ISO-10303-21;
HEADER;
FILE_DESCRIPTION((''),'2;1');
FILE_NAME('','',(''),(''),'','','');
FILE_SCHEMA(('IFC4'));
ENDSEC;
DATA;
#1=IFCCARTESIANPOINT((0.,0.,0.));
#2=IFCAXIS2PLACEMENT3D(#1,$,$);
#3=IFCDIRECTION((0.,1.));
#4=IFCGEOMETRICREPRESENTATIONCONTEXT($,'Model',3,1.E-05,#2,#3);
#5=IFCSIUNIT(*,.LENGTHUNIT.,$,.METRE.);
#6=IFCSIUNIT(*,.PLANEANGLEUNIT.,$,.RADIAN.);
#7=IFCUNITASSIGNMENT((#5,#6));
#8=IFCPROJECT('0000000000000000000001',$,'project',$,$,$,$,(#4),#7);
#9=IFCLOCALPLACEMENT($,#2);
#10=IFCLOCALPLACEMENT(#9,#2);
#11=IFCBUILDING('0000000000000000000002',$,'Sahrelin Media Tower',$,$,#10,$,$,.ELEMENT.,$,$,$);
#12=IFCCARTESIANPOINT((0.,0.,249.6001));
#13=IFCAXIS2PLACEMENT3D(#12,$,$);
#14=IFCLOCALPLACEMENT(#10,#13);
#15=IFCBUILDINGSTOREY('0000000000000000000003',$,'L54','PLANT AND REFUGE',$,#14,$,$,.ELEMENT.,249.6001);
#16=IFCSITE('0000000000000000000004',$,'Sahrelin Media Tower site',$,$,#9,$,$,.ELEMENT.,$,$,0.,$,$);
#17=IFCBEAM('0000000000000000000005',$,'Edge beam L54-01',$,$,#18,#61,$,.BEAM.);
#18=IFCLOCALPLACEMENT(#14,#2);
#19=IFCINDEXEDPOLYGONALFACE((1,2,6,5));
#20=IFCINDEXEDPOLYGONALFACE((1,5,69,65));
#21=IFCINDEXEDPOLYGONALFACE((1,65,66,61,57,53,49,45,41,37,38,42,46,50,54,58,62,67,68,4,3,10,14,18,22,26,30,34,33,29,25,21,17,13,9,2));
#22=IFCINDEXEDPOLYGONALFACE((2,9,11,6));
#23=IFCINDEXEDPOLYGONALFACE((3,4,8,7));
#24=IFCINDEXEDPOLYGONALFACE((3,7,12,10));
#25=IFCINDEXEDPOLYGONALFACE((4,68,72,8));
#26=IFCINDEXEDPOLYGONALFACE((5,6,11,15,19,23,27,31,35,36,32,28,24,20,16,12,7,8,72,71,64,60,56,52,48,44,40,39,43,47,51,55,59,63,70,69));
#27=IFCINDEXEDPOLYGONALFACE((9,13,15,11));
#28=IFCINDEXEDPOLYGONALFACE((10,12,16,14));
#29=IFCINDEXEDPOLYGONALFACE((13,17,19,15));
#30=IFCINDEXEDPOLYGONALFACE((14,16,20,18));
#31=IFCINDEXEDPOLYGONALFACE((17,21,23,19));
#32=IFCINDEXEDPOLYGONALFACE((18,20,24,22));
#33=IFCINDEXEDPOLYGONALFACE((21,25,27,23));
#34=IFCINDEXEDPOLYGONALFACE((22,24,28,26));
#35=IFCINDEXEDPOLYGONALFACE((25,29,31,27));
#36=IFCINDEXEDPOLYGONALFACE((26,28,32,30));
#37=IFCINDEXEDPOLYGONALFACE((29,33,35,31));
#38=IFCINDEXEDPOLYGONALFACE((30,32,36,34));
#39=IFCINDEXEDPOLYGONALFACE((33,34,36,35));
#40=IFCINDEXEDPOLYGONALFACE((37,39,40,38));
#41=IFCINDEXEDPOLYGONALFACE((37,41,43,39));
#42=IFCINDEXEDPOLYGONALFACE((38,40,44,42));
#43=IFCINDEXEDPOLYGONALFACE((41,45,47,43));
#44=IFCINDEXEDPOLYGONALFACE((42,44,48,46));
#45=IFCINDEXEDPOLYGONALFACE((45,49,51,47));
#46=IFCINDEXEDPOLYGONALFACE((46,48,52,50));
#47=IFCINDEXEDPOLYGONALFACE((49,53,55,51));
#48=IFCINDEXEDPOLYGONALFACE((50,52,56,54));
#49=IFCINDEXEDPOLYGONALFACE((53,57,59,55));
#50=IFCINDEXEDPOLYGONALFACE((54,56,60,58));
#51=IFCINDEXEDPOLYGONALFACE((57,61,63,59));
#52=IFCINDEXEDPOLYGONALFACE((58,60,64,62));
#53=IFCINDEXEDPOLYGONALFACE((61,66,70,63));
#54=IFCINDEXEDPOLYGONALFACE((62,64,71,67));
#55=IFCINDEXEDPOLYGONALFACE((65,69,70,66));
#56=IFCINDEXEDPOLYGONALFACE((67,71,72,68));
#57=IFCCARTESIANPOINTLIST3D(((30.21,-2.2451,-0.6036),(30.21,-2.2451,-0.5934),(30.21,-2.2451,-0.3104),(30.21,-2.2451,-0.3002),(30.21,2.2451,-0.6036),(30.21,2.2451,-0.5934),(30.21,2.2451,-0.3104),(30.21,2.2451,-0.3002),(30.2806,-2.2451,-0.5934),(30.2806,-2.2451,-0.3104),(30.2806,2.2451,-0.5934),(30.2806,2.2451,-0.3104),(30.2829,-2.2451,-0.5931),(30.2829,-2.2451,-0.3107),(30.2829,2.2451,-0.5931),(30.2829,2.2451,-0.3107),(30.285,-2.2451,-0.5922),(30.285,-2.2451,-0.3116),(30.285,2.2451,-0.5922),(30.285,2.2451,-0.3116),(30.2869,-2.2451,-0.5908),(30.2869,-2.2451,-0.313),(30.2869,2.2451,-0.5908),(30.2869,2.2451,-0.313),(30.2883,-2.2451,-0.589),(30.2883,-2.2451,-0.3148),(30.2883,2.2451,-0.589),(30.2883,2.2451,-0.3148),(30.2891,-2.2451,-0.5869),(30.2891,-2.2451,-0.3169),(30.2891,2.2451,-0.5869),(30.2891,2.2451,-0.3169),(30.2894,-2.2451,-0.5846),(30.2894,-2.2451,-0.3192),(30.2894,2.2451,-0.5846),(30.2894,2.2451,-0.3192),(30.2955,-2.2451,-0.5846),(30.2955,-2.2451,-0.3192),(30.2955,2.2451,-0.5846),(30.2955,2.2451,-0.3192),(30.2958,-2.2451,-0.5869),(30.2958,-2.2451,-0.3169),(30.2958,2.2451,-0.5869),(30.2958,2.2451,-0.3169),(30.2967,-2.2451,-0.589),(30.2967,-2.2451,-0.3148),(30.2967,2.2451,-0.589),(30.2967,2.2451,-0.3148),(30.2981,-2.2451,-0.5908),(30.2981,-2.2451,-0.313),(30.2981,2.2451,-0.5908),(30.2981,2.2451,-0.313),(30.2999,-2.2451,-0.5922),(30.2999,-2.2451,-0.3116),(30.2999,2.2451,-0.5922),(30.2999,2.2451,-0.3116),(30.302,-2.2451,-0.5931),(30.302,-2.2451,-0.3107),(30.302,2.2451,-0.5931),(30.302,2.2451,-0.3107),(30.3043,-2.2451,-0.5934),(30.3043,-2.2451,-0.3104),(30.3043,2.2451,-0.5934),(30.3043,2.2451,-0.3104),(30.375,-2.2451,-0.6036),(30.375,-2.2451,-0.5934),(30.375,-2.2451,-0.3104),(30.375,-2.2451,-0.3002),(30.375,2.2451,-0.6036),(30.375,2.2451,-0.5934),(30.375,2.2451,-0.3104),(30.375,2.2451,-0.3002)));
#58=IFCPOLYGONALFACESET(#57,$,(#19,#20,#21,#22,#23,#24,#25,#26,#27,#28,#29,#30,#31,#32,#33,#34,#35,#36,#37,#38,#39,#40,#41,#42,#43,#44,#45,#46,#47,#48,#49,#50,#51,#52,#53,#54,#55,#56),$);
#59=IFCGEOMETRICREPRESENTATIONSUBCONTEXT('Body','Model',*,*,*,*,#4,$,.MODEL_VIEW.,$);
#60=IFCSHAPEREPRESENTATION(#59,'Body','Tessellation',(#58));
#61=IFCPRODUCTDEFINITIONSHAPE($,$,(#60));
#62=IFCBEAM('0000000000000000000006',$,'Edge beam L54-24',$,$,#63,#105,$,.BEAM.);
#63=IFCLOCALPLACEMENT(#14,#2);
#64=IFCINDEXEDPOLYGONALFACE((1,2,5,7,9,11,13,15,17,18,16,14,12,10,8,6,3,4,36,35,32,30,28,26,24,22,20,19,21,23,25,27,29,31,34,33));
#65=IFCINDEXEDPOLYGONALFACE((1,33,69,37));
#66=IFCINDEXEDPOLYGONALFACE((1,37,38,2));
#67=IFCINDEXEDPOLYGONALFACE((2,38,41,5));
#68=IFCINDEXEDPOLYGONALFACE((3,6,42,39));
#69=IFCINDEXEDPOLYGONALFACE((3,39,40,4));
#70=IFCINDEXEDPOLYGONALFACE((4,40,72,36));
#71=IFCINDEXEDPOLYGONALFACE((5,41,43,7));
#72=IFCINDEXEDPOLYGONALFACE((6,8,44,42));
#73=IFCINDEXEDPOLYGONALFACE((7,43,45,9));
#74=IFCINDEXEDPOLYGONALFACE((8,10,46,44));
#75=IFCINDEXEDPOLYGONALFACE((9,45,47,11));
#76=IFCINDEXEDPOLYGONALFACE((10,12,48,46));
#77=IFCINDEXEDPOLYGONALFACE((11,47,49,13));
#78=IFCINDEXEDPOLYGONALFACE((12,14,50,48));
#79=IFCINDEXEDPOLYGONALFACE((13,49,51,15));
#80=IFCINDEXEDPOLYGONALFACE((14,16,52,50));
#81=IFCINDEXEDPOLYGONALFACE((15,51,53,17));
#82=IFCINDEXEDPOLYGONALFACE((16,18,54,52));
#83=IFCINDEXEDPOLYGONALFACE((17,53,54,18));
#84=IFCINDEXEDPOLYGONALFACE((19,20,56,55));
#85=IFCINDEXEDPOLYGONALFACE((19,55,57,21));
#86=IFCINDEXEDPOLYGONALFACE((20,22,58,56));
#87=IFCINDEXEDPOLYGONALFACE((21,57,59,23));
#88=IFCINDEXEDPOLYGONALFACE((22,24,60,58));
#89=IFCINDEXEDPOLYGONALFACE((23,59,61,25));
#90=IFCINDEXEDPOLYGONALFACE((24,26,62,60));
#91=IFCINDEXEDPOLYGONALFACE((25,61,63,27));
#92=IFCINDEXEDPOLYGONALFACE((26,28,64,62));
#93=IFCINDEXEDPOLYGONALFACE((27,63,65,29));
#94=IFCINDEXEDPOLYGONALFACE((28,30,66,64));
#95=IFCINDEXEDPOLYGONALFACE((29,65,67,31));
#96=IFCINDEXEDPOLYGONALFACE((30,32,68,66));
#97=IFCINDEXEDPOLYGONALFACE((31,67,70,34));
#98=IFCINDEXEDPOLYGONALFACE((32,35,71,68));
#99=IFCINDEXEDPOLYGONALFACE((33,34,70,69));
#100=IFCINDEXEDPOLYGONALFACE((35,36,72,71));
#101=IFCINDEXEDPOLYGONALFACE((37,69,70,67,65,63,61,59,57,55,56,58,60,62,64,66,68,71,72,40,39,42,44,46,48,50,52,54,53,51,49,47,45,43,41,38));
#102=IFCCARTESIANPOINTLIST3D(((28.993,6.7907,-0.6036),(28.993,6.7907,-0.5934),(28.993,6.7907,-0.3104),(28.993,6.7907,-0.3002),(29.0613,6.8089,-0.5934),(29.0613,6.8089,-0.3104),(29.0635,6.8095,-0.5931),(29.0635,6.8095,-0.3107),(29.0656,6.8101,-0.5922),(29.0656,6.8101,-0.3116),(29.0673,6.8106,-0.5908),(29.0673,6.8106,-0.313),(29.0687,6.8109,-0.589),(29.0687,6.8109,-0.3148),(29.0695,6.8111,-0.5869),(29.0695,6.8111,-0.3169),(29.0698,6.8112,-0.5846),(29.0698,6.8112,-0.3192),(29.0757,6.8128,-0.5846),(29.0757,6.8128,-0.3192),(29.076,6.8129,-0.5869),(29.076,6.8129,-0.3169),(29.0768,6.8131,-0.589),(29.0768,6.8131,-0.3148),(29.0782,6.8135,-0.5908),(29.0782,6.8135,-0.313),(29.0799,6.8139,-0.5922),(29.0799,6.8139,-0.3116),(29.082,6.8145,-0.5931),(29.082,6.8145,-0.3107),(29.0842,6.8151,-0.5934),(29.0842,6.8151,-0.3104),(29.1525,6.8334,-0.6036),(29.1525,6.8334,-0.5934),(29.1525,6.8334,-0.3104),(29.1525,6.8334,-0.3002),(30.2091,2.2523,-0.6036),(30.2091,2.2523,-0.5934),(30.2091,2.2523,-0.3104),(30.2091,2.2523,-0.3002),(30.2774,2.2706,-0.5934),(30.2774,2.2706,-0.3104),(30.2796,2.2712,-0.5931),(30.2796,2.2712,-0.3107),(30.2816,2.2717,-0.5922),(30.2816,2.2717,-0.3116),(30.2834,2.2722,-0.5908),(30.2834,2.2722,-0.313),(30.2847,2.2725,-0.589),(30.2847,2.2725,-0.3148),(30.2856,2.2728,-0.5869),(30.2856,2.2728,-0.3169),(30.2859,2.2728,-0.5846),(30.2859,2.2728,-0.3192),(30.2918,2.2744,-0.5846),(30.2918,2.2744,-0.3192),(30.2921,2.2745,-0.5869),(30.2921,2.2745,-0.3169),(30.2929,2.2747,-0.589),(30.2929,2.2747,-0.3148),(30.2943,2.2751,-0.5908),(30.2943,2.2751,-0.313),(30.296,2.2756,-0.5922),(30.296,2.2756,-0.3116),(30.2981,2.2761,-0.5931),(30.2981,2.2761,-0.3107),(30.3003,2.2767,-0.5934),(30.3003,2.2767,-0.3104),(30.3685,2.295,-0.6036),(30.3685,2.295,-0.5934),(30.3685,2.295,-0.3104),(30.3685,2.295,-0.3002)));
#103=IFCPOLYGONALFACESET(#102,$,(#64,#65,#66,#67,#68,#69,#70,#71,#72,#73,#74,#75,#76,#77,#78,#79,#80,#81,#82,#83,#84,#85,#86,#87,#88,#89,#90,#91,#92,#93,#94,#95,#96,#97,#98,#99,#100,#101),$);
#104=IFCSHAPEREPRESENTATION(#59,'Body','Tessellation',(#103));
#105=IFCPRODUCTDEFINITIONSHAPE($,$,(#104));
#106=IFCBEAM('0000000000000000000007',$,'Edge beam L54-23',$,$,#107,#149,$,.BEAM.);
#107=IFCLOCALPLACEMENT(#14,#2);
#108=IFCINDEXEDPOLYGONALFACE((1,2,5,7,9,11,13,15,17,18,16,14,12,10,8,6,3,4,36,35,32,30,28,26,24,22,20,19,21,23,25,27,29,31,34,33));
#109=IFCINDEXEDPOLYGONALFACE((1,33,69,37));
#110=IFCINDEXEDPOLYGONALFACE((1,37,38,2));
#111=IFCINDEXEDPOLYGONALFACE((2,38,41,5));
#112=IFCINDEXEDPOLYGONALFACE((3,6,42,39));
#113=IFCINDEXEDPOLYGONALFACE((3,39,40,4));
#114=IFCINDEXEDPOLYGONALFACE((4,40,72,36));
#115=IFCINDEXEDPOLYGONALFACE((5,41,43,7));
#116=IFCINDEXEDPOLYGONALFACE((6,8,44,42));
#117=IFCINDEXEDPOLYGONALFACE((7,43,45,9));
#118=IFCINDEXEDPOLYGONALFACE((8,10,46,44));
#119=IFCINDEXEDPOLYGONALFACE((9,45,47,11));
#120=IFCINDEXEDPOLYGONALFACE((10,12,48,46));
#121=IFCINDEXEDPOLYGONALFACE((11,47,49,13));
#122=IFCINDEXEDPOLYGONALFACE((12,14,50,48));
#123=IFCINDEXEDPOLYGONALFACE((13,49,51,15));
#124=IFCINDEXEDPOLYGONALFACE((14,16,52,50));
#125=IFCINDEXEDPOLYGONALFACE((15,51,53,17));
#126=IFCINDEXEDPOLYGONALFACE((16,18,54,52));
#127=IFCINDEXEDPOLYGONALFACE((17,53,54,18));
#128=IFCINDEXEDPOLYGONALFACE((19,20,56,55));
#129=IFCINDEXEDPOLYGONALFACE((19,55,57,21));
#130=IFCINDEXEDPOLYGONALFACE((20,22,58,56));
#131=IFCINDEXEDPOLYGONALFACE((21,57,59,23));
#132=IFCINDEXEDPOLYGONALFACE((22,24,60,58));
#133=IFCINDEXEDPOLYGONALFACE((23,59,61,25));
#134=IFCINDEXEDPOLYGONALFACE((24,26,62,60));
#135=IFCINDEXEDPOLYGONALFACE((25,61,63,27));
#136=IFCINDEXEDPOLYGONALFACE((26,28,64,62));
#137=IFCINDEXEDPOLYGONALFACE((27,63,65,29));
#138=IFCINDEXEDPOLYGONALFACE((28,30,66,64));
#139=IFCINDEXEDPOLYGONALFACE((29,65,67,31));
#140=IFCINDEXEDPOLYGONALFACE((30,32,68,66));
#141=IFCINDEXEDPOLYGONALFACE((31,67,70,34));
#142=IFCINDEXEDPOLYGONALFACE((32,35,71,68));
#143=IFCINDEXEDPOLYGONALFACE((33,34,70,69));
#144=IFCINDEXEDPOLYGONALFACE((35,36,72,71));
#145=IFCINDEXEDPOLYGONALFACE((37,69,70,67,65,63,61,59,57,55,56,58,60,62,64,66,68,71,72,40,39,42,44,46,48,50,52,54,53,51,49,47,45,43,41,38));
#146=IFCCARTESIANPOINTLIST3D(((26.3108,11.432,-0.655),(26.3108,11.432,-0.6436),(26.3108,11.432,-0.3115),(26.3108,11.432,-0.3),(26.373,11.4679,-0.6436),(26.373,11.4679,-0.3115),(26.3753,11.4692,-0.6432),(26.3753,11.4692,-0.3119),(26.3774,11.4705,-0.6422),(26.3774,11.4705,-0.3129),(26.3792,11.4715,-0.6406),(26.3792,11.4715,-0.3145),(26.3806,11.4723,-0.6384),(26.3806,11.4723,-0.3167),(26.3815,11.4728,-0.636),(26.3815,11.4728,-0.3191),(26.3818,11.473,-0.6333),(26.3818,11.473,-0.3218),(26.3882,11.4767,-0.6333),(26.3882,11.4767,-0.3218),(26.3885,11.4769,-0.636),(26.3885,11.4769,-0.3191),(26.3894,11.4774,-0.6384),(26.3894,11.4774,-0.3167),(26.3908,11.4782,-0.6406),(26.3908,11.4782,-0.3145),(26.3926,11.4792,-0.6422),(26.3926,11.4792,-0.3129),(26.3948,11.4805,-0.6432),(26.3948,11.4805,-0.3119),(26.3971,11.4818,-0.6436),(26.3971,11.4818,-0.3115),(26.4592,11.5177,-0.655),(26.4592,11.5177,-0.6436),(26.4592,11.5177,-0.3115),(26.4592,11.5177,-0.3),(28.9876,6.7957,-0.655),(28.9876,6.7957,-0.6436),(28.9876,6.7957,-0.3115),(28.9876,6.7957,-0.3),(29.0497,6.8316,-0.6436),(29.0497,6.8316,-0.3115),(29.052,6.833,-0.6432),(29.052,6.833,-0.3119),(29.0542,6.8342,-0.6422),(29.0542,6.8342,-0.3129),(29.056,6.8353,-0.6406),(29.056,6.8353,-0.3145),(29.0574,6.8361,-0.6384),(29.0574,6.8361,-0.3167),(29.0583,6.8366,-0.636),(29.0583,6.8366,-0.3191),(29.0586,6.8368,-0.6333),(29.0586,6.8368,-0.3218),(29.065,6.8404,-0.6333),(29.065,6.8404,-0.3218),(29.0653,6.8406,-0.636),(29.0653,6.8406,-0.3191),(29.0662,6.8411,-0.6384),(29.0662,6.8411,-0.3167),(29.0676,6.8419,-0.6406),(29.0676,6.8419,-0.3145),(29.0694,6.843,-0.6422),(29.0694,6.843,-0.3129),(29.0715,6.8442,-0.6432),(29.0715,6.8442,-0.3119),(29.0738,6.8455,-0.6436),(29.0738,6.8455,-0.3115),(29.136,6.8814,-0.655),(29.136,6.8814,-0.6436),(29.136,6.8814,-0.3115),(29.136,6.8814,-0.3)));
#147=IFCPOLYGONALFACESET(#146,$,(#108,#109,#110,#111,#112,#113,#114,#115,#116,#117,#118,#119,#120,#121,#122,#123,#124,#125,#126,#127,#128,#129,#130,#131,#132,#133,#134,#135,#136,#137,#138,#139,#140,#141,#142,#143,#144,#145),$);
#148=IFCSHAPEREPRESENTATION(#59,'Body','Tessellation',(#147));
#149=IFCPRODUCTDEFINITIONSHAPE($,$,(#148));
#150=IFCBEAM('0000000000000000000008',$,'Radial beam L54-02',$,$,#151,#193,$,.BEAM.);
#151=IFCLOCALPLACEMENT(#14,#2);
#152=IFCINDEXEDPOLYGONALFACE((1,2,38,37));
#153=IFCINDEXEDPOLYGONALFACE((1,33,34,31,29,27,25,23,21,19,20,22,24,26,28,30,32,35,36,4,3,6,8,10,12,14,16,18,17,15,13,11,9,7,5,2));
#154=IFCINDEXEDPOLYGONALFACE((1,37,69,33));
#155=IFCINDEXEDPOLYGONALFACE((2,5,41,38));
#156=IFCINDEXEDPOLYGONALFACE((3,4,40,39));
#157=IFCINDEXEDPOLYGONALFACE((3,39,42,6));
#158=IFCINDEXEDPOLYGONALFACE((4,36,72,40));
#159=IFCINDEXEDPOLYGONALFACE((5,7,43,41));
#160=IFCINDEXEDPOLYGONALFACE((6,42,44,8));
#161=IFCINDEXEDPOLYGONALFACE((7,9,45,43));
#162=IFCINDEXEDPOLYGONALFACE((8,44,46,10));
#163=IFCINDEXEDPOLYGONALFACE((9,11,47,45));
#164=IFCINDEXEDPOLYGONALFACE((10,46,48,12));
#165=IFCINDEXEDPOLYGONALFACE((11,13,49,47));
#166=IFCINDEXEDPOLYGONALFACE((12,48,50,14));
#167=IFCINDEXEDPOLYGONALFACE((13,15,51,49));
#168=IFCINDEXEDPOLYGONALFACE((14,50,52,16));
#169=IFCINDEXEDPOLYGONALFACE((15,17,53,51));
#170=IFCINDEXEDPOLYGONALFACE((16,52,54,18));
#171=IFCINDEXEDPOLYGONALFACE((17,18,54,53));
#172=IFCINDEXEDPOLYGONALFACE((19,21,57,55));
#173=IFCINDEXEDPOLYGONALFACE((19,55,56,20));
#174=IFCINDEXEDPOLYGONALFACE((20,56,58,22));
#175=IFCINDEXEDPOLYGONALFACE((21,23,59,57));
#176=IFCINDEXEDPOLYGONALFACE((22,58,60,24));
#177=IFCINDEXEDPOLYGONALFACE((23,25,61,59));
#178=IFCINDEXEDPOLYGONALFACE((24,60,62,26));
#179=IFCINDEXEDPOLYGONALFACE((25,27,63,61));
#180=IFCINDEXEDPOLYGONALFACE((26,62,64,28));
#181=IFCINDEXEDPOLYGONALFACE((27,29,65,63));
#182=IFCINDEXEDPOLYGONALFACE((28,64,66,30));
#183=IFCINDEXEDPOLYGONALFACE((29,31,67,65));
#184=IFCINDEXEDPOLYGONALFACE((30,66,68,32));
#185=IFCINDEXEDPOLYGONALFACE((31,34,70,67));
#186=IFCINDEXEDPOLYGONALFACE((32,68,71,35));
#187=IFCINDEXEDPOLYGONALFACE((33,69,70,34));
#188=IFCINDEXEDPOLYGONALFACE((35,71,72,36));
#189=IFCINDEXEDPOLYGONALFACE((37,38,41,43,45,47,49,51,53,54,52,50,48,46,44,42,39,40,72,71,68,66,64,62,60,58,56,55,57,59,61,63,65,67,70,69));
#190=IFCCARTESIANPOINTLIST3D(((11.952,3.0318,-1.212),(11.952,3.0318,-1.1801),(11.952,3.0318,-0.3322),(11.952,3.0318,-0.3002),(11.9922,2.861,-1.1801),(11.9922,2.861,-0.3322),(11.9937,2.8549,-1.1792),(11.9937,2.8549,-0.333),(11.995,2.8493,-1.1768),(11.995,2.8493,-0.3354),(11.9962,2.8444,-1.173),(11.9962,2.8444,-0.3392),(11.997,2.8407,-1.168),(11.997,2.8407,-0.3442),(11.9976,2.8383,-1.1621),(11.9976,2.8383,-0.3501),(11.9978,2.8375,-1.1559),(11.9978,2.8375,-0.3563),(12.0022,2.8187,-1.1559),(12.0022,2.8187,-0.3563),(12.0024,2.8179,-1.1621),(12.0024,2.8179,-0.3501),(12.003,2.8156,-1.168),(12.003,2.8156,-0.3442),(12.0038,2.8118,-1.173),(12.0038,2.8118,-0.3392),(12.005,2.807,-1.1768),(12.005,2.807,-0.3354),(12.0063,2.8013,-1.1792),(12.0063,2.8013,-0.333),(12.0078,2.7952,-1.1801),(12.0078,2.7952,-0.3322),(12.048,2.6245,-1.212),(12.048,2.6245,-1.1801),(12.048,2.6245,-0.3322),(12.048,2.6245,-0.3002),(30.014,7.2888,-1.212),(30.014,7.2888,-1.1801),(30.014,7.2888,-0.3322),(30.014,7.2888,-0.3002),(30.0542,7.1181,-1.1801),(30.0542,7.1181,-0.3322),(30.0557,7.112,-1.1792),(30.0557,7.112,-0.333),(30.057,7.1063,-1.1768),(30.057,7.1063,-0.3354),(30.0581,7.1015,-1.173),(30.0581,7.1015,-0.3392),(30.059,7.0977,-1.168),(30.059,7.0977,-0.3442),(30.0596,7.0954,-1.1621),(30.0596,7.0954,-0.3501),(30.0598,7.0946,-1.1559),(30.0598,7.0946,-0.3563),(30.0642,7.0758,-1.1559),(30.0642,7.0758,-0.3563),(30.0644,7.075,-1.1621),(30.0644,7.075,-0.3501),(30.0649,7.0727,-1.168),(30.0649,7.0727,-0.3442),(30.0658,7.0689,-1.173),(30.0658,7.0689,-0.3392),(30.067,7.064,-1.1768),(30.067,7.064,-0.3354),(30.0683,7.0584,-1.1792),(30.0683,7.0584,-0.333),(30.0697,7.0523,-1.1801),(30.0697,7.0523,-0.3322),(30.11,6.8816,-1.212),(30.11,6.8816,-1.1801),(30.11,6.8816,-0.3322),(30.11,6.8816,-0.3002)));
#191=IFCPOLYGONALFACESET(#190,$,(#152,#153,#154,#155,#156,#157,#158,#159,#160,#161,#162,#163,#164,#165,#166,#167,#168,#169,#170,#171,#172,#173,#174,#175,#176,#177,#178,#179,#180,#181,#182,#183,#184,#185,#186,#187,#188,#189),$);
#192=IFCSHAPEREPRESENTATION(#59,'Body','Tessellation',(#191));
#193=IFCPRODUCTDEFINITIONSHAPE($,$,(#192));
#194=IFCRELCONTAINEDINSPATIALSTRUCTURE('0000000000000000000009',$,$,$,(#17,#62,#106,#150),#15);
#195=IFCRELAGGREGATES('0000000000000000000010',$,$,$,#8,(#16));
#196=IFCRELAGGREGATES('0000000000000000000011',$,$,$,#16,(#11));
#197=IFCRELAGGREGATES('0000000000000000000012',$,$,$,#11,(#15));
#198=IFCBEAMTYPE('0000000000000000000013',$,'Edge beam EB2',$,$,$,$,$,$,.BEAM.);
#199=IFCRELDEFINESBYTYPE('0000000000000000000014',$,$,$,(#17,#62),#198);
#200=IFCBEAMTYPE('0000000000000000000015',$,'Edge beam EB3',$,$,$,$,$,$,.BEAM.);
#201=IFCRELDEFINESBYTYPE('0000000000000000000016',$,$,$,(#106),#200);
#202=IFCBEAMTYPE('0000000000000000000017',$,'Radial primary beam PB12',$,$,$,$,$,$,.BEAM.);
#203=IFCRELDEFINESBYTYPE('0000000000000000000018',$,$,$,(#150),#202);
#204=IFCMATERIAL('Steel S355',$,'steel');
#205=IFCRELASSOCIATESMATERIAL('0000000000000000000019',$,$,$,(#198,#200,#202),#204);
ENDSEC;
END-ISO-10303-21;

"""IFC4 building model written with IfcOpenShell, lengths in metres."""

from ifc_helpers import new_model, si_unit, direction, frame, origin, origin_2d, place, context, subcontext, project, spatial, i_section, extrude, material, material_profile, profile_set, type_object, element, save


model = new_model("IFC4")

# Units and contexts
model_context = context("Model", 3, precision=1e-05, world=origin(), true_north=direction((0.0, 1.0)))
body_context = subcontext(model_context, "Body", "Model", "MODEL_VIEW")
ifc_project = project(units=[si_unit("LENGTHUNIT", "METRE"), si_unit("PLANEANGLEUNIT", "RADIAN")], contexts=[model_context])

# Site, building, storey
site_placement = place(None, origin())
site = spatial("IfcSite", under=ifc_project, at=site_placement, Name="Sahrelin Media Tower site", CompositionType="ELEMENT", RefElevation=0.0)
building_placement = place(site_placement, origin())
building = spatial("IfcBuilding", under=site, at=building_placement, Name="Sahrelin Media Tower", CompositionType="ELEMENT")
storey_placement = place(building_placement, frame((0.0, 0.0, 249.6001)))
storey = spatial("IfcBuildingStorey", under=building, at=storey_placement, Name="L54", Description="PLANT AND REFUGE", CompositionType="ELEMENT", Elevation=249.6001)

# Beams
ifc_material_1 = material(Name="Steel S355", Category="steel")
ifc_material_profile_1 = material_profile(ifc_material_1, i_section(OverallWidth=0.165, OverallDepth=0.3035, WebThickness=0.0061, FlangeThickness=0.0103, FilletRadius=0.0088, at=origin_2d()), Name="UB 305x165x40")
ifc_profile_set_1 = profile_set([ifc_material_profile_1], Name="Steel S355")
beam_type_1 = type_object("IfcBeamType", Name="Edge beam EB2", PredefinedType="BEAM", material=ifc_profile_set_1)
beam_1_placement = place(storey_placement, frame((30.2925, 2.2451, -0.4519), z_axis=(0.0, -1.0, 0.0), x_axis=(1.0, 0.0, 0.0)))
element("IfcBeam", 1, at=beam_1_placement, inside=storey, type_object=beam_type_1, Name="Edge beam L54-01", PredefinedType="BEAM", context=body_context, shape_type="SweptSolid", body=[
    extrude(i_section(OverallWidth=0.165, OverallDepth=0.3035, WebThickness=0.0061, FlangeThickness=0.0103, FilletRadius=0.0088, at=origin_2d()), origin(), (0.0, 0.0, 1.0), 4.4902),
])
beam_2_placement = place(storey_placement, frame((29.0728, 6.812, -0.4519), z_axis=(0.258824, -0.965925, 0.0), x_axis=(0.965925, 0.258824, 0.0)))
element("IfcBeam", 2, at=beam_2_placement, inside=storey, type_object=beam_type_1, Name="Edge beam L54-24", PredefinedType="BEAM", context=body_context, shape_type="SweptSolid", body=[
    extrude(i_section(OverallWidth=0.165, OverallDepth=0.3035, WebThickness=0.0061, FlangeThickness=0.0103, FilletRadius=0.0088, at=origin_2d()), origin(), (0.0, 0.0, 1.0), 4.6985),
])
ifc_material_profile_2 = material_profile(ifc_material_1, i_section(OverallWidth=0.1714, OverallDepth=0.355, WebThickness=0.0073, FlangeThickness=0.0115, FilletRadius=0.0103, at=origin_2d()), Name="UB 356x171x51")
ifc_profile_set_2 = profile_set([ifc_material_profile_2], Name="Steel S355")
beam_type_2 = type_object("IfcBeamType", Name="Edge beam EB3", PredefinedType="BEAM", material=ifc_profile_set_2)
beam_3_placement = place(storey_placement, frame((26.385, 11.4749, -0.4775), z_axis=(0.500004, -0.866023, 0.0), x_axis=(0.866023, 0.500004, 0.0)))
element("IfcBeam", 3, at=beam_3_placement, inside=storey, type_object=beam_type_2, Name="Edge beam L54-23", PredefinedType="BEAM", context=body_context, shape_type="SweptSolid", body=[
    extrude(i_section(OverallWidth=0.1714, OverallDepth=0.355, WebThickness=0.0073, FlangeThickness=0.0115, FilletRadius=0.0103, at=origin_2d()), origin(), (0.0, 0.0, 1.0), 5.3535),
])
ifc_material_profile_3 = material_profile(ifc_material_1, i_section(OverallWidth=0.4185, OverallDepth=0.9119, WebThickness=0.0193, FlangeThickness=0.032, FilletRadius=0.0242, at=origin_2d()), Name="UB 914x419x343")
ifc_profile_set_3 = profile_set([ifc_material_profile_3], Name="Steel S355")
beam_type_3 = type_object("IfcBeamType", Name="Radial primary beam PB12", PredefinedType="BEAM", material=ifc_profile_set_3)
beam_4_placement = place(storey_placement, frame((12.0, 2.8281, -0.7561), z_axis=(0.973331, 0.229407, 0.0), x_axis=(-0.229407, 0.973331, 0.0)))
element("IfcBeam", 4, at=beam_4_placement, inside=storey, type_object=beam_type_3, Name="Radial beam L54-02", PredefinedType="BEAM", context=body_context, shape_type="SweptSolid", body=[
    extrude(i_section(OverallWidth=0.4185, OverallDepth=0.9119, WebThickness=0.0193, FlangeThickness=0.032, FilletRadius=0.0242, at=origin_2d()), origin(), (0.0, 0.0, 1.0), 18.5569),
])

save(model, "model.ifc")
